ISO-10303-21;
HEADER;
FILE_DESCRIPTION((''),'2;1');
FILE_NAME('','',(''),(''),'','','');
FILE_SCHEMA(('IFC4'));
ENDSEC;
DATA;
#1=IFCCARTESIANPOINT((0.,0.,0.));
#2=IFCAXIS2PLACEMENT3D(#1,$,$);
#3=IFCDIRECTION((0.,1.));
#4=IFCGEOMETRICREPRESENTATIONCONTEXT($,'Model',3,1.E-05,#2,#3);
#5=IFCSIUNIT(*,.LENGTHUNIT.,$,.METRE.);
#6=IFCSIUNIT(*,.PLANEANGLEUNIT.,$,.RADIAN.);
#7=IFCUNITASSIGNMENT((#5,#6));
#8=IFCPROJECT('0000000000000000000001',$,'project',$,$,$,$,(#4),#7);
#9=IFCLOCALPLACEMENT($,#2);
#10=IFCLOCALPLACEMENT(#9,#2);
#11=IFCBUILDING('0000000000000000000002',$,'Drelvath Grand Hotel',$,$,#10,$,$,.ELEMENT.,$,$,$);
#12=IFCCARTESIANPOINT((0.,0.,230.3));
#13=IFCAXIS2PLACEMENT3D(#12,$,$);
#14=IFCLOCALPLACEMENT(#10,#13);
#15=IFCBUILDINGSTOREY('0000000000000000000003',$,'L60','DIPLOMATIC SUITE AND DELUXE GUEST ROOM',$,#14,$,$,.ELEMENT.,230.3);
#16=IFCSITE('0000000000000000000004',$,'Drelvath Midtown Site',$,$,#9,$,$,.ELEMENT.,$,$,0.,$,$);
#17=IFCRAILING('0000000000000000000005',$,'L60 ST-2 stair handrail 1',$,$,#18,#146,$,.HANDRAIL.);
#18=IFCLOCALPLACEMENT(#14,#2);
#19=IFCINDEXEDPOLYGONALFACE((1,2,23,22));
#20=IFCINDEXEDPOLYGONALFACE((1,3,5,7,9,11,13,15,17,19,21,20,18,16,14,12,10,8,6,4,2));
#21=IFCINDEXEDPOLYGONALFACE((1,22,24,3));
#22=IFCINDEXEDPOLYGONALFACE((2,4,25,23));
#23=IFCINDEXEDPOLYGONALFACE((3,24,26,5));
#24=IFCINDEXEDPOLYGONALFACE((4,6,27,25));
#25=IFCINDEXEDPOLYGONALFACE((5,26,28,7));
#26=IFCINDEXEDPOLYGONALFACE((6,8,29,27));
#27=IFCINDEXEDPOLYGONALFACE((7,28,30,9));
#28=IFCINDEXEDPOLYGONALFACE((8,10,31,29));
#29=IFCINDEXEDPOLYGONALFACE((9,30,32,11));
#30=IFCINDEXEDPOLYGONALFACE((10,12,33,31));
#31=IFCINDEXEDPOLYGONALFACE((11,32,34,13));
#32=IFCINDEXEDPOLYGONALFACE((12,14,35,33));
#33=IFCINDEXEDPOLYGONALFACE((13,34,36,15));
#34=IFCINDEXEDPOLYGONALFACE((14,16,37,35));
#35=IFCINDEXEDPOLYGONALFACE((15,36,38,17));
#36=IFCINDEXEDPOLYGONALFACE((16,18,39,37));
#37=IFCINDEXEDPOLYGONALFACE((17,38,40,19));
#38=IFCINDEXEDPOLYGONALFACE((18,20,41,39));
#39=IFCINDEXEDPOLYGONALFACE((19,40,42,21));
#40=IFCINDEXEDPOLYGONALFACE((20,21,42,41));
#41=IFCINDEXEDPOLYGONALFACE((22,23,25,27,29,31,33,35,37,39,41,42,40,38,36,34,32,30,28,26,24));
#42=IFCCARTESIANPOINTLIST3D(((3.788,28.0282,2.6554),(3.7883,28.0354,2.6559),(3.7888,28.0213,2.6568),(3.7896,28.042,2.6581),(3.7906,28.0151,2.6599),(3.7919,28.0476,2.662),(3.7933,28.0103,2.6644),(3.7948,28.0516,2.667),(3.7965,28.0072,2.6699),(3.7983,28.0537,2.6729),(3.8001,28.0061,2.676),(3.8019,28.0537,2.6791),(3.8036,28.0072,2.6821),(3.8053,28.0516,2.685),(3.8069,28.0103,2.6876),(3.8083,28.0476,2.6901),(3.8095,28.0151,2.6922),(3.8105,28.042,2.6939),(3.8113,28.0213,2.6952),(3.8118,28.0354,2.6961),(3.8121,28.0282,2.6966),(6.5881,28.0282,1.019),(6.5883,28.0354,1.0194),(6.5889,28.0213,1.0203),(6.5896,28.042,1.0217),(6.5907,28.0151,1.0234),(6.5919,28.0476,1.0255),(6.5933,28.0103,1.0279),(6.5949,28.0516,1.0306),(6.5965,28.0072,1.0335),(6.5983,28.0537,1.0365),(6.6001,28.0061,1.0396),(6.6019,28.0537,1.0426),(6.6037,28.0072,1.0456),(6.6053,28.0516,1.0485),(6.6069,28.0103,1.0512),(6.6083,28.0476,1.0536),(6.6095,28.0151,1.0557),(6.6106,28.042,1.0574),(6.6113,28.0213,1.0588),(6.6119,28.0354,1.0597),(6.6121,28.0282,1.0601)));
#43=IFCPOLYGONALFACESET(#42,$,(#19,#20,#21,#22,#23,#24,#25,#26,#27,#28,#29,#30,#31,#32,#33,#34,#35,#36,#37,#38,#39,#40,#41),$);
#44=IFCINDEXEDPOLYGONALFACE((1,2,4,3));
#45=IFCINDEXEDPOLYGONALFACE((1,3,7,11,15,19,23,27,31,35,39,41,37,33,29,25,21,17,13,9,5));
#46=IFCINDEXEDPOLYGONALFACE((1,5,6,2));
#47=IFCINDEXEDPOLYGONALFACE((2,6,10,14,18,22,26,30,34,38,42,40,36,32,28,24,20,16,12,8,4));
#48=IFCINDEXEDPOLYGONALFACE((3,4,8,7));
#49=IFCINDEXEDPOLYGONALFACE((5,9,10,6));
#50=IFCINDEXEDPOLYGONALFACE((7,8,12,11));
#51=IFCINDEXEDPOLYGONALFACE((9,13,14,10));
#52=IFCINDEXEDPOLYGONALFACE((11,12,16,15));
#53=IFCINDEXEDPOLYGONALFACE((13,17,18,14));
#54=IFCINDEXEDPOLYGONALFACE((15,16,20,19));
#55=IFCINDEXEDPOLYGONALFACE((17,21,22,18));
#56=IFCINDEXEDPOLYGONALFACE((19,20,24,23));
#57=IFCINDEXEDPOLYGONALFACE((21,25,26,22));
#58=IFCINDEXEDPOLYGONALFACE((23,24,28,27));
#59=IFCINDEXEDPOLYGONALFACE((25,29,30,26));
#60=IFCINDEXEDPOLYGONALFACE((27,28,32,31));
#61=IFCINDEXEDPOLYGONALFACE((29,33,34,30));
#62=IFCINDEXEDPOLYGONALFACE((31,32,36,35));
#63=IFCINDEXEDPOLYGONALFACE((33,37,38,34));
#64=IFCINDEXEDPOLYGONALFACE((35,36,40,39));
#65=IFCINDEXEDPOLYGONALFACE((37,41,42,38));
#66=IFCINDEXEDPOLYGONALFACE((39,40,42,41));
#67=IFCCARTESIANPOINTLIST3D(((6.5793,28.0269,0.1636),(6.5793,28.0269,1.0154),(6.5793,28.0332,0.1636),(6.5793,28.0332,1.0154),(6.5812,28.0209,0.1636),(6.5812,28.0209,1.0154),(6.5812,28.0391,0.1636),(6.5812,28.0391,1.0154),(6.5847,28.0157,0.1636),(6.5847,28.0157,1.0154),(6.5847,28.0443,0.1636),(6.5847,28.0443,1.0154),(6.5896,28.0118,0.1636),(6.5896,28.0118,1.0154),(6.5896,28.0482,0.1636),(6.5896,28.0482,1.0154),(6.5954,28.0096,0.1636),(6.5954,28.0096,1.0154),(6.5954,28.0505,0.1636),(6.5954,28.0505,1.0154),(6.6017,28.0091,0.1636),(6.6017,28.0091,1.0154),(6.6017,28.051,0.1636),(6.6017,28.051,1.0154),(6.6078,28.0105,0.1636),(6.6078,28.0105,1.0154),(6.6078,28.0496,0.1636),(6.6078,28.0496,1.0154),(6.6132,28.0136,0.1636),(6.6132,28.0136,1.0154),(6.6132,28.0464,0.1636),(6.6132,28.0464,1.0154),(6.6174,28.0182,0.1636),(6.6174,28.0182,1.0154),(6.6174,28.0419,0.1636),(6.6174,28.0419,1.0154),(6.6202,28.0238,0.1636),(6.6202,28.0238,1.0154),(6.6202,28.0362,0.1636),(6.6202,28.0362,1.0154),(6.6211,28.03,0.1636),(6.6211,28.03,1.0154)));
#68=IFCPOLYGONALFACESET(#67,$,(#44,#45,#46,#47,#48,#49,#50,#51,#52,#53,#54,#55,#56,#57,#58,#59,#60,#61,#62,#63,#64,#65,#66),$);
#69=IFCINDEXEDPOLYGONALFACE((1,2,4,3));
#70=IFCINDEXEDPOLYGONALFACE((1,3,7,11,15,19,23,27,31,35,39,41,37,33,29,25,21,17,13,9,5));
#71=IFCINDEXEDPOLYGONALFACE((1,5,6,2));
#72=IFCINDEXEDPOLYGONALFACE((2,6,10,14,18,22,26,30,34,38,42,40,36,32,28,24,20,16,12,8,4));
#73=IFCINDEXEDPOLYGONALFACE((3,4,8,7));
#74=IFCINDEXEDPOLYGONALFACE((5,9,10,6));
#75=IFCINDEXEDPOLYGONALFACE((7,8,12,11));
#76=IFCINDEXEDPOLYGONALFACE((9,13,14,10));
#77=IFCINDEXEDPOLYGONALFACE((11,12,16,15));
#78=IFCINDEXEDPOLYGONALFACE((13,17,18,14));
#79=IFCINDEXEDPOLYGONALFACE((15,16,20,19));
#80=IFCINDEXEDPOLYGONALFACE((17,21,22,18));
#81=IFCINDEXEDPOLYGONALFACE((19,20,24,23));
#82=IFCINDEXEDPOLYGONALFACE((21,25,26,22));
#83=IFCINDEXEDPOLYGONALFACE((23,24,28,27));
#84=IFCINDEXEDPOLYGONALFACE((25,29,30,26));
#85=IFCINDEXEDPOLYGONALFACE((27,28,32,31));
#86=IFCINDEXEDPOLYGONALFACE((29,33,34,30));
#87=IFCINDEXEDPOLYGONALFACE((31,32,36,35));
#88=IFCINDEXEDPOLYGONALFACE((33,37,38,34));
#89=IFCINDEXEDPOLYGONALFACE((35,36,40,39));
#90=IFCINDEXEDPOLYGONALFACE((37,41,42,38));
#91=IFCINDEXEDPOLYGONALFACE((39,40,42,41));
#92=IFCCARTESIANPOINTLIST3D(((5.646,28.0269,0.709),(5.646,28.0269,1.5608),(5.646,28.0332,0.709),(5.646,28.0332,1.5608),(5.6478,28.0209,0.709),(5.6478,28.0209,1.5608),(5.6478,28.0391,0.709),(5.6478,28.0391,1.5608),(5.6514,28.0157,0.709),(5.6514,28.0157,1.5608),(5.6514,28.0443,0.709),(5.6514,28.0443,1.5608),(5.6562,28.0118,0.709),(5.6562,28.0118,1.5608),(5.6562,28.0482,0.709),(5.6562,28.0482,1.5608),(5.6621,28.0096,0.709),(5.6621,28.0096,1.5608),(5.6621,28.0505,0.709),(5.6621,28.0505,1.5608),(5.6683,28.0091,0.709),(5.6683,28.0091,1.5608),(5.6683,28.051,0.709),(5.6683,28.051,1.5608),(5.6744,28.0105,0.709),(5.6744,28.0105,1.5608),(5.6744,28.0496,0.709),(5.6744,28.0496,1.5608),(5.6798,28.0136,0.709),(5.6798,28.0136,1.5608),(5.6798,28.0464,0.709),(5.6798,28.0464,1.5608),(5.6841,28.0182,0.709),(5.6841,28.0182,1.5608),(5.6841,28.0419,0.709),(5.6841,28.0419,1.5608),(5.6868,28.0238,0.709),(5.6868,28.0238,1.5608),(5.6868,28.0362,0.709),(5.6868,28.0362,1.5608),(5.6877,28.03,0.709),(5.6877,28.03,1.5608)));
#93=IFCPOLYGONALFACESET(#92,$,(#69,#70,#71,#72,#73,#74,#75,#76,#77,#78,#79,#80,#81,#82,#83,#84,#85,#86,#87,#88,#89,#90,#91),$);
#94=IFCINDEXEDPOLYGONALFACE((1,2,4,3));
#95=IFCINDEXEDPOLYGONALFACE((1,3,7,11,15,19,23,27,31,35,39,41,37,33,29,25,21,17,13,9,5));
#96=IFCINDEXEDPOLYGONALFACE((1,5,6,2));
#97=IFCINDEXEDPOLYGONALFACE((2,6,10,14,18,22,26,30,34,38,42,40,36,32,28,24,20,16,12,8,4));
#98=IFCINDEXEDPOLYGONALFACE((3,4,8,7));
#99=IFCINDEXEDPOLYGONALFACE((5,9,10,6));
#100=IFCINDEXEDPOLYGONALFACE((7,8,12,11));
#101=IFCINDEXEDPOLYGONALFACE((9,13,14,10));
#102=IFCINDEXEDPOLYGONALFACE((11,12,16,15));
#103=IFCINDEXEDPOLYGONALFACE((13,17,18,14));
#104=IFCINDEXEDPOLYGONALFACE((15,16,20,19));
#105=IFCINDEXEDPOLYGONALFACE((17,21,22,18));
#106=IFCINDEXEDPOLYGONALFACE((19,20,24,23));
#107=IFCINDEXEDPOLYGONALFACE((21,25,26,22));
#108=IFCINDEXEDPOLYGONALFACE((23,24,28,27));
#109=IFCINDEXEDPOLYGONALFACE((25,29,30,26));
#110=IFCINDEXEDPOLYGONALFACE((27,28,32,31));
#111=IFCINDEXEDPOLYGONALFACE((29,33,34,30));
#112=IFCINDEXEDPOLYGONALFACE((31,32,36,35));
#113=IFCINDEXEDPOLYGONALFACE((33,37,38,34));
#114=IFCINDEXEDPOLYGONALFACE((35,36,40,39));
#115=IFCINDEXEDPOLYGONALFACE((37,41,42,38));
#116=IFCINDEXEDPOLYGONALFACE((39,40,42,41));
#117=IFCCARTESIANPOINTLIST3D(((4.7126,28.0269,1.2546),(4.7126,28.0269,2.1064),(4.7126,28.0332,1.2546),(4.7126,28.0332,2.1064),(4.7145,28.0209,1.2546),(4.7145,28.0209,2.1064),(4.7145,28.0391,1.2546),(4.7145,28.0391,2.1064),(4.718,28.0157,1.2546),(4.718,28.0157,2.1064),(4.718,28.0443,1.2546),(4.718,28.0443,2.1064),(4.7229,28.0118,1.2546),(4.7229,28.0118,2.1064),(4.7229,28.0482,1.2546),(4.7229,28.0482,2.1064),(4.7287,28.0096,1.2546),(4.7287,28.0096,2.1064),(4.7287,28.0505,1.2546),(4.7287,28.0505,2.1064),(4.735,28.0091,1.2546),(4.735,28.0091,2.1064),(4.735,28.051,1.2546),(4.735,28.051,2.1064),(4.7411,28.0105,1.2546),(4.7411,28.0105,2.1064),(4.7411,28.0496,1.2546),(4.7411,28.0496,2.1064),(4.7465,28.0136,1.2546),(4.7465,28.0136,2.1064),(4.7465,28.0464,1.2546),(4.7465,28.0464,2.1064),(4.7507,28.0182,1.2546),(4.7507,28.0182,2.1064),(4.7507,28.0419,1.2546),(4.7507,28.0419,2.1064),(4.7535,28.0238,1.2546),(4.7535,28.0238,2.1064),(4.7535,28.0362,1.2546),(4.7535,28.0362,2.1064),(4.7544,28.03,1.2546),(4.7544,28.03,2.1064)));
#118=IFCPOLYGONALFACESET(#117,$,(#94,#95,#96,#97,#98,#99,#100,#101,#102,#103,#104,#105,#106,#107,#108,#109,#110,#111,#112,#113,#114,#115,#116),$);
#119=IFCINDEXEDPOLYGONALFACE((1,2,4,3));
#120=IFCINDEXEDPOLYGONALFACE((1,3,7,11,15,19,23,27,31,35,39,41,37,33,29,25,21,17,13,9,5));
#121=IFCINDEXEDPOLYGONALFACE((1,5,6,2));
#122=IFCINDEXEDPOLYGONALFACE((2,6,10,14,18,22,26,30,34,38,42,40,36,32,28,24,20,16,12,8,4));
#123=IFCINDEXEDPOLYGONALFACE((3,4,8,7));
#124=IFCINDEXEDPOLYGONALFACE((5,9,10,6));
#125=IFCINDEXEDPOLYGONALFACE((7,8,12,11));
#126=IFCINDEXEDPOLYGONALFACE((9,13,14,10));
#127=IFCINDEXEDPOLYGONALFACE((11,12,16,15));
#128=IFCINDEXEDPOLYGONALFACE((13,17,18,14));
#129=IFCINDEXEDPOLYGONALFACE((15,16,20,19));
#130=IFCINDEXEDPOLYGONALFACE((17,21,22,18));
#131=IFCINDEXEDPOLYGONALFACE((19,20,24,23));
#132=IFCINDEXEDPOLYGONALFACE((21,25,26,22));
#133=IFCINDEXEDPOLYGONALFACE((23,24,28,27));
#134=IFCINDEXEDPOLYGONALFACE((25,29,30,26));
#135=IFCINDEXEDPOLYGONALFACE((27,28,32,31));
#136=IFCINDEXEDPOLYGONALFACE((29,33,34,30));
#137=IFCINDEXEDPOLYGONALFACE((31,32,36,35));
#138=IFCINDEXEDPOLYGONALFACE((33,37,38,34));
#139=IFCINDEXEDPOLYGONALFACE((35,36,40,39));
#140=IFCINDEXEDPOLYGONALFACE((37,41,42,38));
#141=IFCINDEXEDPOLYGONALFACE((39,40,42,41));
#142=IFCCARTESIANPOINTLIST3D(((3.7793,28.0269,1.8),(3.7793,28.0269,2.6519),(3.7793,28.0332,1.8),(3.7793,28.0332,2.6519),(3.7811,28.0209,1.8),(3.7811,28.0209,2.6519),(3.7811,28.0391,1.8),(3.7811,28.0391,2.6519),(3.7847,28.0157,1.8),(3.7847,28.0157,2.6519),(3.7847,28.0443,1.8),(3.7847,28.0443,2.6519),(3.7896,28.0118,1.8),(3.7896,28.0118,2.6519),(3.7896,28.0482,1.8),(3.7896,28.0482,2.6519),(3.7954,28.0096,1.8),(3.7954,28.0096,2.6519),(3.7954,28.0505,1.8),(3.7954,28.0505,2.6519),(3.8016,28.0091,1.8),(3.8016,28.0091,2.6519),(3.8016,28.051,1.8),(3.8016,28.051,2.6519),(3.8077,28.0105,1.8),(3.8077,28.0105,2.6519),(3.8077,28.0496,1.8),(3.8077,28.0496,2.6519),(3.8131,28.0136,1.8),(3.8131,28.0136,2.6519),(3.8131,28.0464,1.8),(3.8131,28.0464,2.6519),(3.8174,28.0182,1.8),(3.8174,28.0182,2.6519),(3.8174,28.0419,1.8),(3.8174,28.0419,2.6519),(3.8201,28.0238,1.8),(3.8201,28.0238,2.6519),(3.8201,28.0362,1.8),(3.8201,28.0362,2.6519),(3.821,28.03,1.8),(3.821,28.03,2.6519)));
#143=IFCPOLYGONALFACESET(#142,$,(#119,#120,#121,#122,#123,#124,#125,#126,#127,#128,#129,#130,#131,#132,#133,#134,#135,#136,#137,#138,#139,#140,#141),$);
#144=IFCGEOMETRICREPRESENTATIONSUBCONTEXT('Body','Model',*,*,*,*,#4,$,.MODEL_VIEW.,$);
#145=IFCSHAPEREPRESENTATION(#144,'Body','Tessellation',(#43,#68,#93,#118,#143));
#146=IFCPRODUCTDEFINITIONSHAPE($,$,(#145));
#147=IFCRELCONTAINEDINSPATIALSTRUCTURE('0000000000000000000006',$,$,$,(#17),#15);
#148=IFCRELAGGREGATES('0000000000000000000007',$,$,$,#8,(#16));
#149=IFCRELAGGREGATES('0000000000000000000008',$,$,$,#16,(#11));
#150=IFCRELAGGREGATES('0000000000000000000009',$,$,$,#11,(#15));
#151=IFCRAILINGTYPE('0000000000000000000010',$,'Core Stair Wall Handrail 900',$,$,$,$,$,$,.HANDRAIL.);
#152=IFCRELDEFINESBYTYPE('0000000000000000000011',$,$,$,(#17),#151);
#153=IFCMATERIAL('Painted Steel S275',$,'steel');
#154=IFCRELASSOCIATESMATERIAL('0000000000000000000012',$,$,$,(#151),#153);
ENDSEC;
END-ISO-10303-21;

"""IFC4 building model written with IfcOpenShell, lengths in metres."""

from ifc_helpers import new_model, si_unit, direction, frame, origin, origin_2d, place, context, subcontext, project, spatial, circle, extrude, material, type_object, element, save


model = new_model("IFC4")

# Units and contexts
model_context = context("Model", 3, precision=1e-05, world=origin(), true_north=direction((0.0, 1.0)))
body_context = subcontext(model_context, "Body", "Model", "MODEL_VIEW")
ifc_project = project(units=[si_unit("LENGTHUNIT", "METRE"), si_unit("PLANEANGLEUNIT", "RADIAN")], contexts=[model_context])

# Site, building, storey
site_placement = place(None, origin())
site = spatial("IfcSite", under=ifc_project, at=site_placement, Name="Drelvath Midtown Site", CompositionType="ELEMENT", RefElevation=0.0)
building_placement = place(site_placement, origin())
building = spatial("IfcBuilding", under=site, at=building_placement, Name="Drelvath Grand Hotel", CompositionType="ELEMENT")
storey_placement = place(building_placement, frame((0.0, 0.0, 230.3)))
storey = spatial("IfcBuildingStorey", under=building, at=storey_placement, Name="L60", Description="DIPLOMATIC SUITE AND DELUXE GUEST ROOM", CompositionType="ELEMENT", Elevation=230.3)

# Shared definitions
ifc_material_1 = material(Name="Painted Steel S275", Category="steel")

# Railing
railing_type_1 = type_object("IfcRailingType", Name="Core Stair Wall Handrail 900", PredefinedType="HANDRAIL", material=ifc_material_1)
railing_1_placement = place(storey_placement, frame((6.6001, 28.03, 0.1636)))
element("IfcRailing", 1, at=railing_1_placement, inside=storey, type_object=railing_type_1, Name="L60 ST-2 stair handrail 1", PredefinedType="HANDRAIL", context=body_context, shape_type="SweptSolid", body=[
    extrude(circle(Radius=0.0239, at=origin_2d()), frame((0.0, 0.0, 0.876), z_axis=(-0.863361, 0.0, 0.504587), x_axis=(0.0, -1.0, 0.0)), (0.0, 0.0, 1.0), 3.2432),
    extrude(circle(Radius=0.021, at=origin_2d()), origin(), (0.0, 0.0, 1.0), 0.8518),
    extrude(circle(Radius=0.021, at=origin_2d()), frame((-0.9333, 0.0, 0.5454)), (0.0, 0.0, 1.0), 0.8518),
    extrude(circle(Radius=0.021, at=origin_2d()), frame((-1.8667, 0.0, 1.0911)), (0.0, 0.0, 1.0), 0.8518),
    extrude(circle(Radius=0.021, at=origin_2d()), frame((-2.8, 0.0, 1.6365)), (0.0, 0.0, 1.0), 0.8518),
])

save(model, "model.ifc")
